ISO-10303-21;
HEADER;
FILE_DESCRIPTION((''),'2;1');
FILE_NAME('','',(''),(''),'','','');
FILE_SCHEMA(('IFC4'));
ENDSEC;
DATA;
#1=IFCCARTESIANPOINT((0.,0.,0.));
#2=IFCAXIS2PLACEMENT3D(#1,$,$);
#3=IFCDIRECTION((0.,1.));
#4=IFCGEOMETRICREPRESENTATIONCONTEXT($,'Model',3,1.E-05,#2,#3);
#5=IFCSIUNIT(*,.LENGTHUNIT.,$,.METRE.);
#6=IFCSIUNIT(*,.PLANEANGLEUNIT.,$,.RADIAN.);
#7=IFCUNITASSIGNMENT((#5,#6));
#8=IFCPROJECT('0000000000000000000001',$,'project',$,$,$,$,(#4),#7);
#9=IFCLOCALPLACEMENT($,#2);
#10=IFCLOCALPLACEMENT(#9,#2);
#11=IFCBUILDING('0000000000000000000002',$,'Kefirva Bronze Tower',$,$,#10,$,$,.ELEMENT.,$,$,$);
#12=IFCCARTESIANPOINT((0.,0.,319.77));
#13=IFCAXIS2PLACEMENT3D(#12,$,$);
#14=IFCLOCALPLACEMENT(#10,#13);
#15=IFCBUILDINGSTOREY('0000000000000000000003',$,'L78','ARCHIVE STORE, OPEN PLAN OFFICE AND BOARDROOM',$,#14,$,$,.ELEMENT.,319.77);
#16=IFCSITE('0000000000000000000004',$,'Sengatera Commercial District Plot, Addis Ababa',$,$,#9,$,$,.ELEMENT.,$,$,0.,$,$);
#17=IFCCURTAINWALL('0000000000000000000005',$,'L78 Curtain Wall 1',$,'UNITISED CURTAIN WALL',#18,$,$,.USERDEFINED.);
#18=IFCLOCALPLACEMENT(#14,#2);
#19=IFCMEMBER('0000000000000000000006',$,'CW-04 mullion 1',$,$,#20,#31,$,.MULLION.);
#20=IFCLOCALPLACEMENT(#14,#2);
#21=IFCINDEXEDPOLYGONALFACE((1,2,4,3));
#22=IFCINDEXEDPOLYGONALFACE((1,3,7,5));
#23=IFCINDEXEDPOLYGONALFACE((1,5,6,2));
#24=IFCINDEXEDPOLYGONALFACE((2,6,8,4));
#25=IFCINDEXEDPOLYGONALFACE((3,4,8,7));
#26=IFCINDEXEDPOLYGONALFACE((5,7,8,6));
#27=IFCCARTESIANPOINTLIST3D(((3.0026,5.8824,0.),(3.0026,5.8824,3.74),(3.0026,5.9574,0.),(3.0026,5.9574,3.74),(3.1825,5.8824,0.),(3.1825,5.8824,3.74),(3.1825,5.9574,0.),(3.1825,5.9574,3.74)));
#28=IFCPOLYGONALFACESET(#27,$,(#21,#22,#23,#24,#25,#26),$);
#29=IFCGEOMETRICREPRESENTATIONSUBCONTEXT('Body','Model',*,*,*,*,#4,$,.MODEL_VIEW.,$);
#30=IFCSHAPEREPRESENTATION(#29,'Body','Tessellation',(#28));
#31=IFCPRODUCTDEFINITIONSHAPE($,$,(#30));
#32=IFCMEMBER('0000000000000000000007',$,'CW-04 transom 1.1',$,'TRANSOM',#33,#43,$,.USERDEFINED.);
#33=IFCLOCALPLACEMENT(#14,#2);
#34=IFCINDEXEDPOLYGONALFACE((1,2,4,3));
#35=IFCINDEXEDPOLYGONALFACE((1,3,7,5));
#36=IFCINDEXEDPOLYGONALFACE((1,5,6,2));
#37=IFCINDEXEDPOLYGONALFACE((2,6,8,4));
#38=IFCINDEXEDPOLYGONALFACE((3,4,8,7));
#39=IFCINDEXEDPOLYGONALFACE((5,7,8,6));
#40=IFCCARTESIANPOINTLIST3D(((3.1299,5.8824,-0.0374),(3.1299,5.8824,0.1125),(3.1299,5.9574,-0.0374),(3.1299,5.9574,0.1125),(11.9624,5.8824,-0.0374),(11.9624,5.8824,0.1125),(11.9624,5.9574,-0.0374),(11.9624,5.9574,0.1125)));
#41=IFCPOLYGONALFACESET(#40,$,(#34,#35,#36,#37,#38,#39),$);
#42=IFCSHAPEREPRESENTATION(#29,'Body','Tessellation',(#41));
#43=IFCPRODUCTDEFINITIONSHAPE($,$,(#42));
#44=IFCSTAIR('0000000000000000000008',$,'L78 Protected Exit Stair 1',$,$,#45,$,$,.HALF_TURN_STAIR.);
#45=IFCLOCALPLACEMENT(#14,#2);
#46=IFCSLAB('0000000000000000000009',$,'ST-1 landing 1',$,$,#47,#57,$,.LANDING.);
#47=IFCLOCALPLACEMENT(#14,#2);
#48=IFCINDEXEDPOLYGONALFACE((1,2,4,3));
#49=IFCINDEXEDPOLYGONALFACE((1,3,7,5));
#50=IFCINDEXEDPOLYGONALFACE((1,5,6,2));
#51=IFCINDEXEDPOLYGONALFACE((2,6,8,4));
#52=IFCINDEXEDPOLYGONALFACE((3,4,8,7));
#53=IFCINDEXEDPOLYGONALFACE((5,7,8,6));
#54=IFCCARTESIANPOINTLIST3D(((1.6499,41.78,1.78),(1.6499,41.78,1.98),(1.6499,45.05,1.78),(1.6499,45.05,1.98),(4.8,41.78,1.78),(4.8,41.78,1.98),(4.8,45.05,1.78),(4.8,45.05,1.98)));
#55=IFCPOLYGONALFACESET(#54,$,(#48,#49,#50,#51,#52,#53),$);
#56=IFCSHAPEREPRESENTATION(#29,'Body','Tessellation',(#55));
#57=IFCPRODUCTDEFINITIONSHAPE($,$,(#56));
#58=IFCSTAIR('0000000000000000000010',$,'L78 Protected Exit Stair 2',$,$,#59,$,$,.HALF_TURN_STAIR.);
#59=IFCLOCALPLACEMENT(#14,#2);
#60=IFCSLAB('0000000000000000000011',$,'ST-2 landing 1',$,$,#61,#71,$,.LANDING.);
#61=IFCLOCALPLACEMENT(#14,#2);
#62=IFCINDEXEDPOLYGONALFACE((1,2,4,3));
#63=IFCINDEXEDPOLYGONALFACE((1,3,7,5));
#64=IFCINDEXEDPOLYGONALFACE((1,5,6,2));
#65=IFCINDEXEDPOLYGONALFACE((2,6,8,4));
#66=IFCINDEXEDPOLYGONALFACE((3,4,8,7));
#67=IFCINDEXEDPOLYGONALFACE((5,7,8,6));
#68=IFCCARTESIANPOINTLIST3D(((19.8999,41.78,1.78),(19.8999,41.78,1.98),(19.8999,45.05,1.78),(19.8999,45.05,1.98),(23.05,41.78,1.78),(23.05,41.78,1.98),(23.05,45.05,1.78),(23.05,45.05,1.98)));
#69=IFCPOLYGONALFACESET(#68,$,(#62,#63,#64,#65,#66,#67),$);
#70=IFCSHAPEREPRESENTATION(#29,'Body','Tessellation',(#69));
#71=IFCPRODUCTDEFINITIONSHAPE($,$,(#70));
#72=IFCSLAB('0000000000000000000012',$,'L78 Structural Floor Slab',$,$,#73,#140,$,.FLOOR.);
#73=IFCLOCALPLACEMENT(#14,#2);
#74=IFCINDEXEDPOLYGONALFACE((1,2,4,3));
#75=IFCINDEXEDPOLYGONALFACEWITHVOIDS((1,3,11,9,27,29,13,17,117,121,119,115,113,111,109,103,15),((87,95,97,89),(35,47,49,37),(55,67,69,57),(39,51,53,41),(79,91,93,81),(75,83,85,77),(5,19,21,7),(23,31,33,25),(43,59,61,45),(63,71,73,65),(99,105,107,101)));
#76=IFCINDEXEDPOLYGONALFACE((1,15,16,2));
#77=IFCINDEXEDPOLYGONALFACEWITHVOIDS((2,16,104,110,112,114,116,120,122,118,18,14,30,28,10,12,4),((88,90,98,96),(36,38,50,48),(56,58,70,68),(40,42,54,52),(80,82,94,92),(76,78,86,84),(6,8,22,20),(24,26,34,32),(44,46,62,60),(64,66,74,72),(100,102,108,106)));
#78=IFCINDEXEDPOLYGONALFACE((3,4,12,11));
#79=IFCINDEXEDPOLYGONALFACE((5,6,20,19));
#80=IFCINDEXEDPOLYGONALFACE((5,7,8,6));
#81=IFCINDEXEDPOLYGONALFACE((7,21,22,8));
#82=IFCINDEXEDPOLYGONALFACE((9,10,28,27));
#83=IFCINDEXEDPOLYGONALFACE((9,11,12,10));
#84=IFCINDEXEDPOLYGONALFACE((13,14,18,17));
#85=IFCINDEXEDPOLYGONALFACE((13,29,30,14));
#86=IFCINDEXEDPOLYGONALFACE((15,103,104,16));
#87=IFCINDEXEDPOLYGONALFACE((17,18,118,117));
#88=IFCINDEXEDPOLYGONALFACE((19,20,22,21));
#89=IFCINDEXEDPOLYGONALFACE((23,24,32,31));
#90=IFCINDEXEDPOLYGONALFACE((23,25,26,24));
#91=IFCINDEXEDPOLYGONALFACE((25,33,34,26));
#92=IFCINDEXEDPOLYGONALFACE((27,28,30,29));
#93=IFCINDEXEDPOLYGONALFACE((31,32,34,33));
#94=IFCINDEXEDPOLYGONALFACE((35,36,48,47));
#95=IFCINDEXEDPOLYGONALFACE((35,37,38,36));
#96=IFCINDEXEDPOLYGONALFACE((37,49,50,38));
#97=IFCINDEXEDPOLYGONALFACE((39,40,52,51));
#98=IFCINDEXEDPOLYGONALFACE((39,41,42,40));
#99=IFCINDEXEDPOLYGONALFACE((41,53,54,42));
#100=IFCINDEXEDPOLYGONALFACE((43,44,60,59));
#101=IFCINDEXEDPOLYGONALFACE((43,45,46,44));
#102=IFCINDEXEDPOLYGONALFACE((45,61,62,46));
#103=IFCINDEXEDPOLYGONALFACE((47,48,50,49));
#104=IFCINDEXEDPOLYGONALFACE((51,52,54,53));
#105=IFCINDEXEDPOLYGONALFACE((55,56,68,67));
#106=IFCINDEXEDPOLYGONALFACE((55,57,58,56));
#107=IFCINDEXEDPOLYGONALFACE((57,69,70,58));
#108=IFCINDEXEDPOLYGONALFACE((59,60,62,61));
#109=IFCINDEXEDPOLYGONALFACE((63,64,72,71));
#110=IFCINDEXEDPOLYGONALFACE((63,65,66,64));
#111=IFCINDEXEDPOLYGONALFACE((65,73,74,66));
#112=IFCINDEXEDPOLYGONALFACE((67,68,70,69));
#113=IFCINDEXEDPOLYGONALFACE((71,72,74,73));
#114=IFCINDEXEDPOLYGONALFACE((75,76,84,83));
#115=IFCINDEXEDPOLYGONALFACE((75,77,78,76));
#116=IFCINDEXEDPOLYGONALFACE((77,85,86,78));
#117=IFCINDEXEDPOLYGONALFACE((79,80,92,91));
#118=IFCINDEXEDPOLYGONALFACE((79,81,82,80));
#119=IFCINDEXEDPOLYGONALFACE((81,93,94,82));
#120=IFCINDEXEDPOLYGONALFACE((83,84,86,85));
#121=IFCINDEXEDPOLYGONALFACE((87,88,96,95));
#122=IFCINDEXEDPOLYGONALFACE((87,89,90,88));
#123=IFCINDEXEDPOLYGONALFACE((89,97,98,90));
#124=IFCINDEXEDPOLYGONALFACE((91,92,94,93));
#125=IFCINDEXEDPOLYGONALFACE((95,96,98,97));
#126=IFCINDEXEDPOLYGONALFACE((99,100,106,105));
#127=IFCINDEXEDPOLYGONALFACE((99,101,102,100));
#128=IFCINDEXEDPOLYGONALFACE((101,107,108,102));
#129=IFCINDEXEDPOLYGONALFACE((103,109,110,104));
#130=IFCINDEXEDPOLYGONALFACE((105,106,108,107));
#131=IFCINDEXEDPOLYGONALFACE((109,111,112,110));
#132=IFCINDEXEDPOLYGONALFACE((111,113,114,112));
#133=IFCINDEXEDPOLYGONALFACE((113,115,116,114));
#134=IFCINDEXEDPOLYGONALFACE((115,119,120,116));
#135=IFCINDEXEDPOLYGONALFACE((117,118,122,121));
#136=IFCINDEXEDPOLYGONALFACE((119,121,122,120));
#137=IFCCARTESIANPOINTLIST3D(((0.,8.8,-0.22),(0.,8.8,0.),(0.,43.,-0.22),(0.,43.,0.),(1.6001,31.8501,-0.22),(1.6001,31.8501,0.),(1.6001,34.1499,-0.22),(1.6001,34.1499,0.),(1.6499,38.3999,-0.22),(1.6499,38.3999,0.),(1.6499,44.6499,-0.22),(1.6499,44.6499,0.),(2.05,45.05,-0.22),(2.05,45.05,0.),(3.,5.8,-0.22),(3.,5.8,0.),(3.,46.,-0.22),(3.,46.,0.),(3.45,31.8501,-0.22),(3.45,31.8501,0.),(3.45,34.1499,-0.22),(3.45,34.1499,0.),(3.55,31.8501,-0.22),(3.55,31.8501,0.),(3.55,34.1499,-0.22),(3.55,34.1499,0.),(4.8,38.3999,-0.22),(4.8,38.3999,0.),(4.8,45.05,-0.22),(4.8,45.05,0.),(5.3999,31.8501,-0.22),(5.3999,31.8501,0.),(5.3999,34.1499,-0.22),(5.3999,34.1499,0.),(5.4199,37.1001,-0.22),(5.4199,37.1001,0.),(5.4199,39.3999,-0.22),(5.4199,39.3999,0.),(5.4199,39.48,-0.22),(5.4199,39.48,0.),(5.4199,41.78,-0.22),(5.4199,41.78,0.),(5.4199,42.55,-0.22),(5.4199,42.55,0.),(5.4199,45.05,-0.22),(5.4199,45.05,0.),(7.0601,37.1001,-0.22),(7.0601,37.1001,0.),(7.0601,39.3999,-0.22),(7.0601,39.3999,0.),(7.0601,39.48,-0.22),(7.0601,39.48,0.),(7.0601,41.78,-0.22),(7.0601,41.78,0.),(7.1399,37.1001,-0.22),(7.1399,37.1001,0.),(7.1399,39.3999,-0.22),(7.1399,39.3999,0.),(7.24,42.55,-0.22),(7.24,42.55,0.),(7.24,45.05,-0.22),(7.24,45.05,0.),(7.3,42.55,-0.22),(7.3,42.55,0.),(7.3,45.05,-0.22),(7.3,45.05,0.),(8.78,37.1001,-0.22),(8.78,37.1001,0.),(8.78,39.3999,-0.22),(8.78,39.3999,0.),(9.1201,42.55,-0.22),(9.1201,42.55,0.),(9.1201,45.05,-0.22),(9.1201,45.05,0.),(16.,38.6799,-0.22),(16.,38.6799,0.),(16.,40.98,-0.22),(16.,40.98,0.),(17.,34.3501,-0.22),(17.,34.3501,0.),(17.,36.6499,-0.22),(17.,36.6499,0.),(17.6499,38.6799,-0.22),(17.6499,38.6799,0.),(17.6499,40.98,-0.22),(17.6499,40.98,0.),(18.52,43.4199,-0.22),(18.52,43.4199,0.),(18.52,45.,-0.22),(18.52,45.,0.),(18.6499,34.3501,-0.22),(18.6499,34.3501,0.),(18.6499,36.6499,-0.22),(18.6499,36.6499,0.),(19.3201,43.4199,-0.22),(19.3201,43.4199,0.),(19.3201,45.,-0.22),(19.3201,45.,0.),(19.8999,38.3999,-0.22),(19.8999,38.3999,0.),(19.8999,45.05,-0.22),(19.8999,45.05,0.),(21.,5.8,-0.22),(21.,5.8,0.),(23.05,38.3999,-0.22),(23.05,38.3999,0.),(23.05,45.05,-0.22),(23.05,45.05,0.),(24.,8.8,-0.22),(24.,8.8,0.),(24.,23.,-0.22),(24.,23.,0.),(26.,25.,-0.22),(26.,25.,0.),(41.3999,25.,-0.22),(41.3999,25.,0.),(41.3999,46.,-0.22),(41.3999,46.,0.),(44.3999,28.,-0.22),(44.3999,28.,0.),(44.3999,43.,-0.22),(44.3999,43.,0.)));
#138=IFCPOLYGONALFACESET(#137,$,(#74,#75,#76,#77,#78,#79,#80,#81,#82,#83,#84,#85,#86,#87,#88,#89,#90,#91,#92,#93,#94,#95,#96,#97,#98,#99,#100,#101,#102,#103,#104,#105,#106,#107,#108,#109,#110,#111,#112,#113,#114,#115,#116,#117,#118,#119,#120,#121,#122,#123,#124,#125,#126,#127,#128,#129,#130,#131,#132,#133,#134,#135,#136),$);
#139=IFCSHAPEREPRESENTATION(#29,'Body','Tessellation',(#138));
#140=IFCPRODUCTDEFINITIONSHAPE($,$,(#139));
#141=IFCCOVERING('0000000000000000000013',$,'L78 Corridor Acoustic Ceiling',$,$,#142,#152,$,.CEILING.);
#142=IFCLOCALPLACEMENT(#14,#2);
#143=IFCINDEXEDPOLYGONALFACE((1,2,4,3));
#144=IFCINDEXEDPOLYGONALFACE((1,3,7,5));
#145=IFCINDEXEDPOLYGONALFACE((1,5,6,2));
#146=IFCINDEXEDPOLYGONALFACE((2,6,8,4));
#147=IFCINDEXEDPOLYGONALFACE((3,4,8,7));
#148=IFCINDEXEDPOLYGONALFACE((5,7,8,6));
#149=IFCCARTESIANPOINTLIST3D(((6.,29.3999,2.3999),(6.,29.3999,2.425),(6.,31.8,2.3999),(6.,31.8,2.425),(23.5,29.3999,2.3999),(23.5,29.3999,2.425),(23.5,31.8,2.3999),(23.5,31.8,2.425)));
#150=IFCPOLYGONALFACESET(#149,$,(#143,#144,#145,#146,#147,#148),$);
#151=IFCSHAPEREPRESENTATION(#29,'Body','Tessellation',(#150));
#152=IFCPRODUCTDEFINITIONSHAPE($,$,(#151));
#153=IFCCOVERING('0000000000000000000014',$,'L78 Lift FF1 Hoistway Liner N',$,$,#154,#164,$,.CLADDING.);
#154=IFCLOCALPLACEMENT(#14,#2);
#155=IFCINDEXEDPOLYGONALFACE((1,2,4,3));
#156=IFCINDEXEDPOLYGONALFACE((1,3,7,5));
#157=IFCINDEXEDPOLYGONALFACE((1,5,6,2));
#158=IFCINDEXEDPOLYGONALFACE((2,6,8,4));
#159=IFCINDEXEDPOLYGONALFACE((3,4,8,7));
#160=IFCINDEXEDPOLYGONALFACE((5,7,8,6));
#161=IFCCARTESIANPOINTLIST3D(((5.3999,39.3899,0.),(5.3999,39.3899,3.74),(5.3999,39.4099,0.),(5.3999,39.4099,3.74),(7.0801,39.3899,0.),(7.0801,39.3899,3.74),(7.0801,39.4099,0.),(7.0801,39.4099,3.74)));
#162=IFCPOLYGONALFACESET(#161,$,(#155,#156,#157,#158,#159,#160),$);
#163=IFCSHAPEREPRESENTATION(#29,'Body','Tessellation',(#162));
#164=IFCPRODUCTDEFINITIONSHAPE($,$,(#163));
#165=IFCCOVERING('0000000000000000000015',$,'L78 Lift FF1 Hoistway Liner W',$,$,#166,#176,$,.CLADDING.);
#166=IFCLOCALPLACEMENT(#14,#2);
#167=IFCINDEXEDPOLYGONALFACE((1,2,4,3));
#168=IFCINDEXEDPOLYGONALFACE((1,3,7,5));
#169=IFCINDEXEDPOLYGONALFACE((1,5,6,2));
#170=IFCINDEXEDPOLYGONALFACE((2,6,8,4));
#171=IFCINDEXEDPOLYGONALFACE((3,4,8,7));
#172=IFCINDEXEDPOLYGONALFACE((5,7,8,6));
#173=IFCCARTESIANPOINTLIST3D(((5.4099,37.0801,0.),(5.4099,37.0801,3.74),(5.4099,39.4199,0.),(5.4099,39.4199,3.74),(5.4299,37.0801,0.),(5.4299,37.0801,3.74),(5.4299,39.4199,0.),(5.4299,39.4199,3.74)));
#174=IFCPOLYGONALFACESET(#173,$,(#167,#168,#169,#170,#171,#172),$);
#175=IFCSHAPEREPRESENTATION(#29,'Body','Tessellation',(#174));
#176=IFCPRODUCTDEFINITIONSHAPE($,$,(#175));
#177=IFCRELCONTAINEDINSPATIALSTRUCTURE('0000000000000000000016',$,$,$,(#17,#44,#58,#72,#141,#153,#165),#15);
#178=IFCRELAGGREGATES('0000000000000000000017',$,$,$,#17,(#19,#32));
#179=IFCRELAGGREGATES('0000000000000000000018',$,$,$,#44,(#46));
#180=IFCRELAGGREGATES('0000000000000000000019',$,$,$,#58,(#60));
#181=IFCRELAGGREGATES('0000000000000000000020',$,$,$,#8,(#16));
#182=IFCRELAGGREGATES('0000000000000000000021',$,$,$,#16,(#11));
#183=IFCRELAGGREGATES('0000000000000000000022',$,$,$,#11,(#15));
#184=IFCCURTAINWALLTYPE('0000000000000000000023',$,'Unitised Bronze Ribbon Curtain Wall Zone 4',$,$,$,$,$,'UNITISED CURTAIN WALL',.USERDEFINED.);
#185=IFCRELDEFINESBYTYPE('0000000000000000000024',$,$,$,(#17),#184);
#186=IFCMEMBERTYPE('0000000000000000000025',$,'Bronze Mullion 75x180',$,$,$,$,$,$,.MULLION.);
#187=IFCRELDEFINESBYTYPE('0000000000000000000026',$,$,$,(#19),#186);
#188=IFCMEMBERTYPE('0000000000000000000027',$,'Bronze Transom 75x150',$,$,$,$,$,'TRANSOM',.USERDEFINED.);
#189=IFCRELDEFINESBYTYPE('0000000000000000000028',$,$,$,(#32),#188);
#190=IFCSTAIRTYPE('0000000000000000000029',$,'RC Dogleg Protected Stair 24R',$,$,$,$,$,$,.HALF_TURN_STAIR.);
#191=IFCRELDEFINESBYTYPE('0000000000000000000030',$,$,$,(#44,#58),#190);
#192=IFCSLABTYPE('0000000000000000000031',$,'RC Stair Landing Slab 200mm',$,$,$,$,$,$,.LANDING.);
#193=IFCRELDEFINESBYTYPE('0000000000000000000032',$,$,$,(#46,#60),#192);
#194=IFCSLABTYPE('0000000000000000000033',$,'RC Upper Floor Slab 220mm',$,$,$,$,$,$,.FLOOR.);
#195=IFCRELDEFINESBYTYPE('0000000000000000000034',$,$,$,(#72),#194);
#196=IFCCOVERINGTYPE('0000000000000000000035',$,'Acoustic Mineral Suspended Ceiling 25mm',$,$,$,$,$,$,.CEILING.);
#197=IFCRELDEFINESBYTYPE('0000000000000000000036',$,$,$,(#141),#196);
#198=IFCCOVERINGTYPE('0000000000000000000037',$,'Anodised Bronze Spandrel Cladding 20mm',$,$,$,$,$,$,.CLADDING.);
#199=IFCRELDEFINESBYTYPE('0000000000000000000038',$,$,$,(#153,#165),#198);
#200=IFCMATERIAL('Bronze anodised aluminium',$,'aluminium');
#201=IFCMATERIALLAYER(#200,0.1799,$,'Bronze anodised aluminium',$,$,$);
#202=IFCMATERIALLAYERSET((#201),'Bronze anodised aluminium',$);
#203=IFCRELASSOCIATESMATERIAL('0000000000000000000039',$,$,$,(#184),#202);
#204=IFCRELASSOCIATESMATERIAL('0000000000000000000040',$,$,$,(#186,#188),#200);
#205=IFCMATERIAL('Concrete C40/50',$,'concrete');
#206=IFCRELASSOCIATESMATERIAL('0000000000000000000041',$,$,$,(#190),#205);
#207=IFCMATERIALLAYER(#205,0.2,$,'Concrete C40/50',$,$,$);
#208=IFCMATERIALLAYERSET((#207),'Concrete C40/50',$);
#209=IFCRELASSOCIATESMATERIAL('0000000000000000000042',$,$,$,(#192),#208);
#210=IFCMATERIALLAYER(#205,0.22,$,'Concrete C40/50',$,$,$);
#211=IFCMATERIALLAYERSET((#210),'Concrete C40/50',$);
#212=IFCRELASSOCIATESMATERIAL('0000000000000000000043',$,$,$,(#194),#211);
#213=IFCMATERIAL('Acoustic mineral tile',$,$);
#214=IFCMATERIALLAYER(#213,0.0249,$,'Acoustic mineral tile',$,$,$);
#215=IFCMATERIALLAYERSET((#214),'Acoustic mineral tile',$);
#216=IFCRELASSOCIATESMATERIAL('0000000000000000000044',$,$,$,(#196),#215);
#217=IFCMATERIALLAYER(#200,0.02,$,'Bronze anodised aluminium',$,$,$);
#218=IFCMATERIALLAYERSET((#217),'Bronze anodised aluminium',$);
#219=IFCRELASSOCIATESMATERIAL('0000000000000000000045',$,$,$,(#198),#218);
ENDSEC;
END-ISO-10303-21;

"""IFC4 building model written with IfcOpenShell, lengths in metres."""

from ifc_helpers import new_model, si_unit, direction, frame, origin, origin_2d, place, context, subcontext, project, spatial, polyline, rectangle, outline, extrude, material, layer, layer_set, material_profile, profile_set, type_object, element, aggregate, save


model = new_model("IFC4")

# Units and contexts
model_context = context("Model", 3, precision=1e-05, world=origin(), true_north=direction((0.0, 1.0)))
body_context = subcontext(model_context, "Body", "Model", "MODEL_VIEW")
ifc_project = project(units=[si_unit("LENGTHUNIT", "METRE"), si_unit("PLANEANGLEUNIT", "RADIAN")], contexts=[model_context])

# Site, building, storey
site_placement = place(None, origin())
site = spatial("IfcSite", under=ifc_project, at=site_placement, Name="Sengatera Commercial District Plot, Addis Ababa", CompositionType="ELEMENT", RefElevation=0.0)
building_placement = place(site_placement, origin())
building = spatial("IfcBuilding", under=site, at=building_placement, Name="Kefirva Bronze Tower", CompositionType="ELEMENT")
storey_placement = place(building_placement, frame((0.0, 0.0, 319.77)))
storey = spatial("IfcBuildingStorey", under=building, at=storey_placement, Name="L78", Description="ARCHIVE STORE, OPEN PLAN OFFICE AND BOARDROOM", CompositionType="ELEMENT", Elevation=319.77)

# Curtain wall, members
ifc_material_1 = material(Name="Bronze anodised aluminium", Category="aluminium")
ifc_layer_1 = layer(ifc_material_1, 0.1799, Name="Bronze anodised aluminium")
ifc_layer_set_1 = layer_set([ifc_layer_1], Name="Bronze anodised aluminium")
curtain_wall_type = type_object("IfcCurtainWallType", Name="Unitised Bronze Ribbon Curtain Wall Zone 4", ElementType="UNITISED CURTAIN WALL", PredefinedType="USERDEFINED", material=ifc_layer_set_1)
curtain_wall_placement = place(storey_placement, origin())
curtain_wall = element("IfcCurtainWall", 1, at=curtain_wall_placement, inside=storey, type_object=curtain_wall_type, Name="L78 Curtain Wall 1", ObjectType="UNITISED CURTAIN WALL", PredefinedType="USERDEFINED")
ifc_material_profile_1 = material_profile(ifc_material_1, rectangle(XDim=0.075, YDim=0.1799, at=origin_2d()), Name="ALU 75x180")
ifc_profile_set_1 = profile_set([ifc_material_profile_1], Name="Bronze anodised aluminium")
member_type_1 = type_object("IfcMemberType", Name="Bronze Mullion 75x180", PredefinedType="MULLION", material=ifc_profile_set_1)
member_1_placement = place(storey_placement, frame((3.0925, 5.9199, 0.0), z_axis=(0.0, 0.0, 1.0), x_axis=(0.0, 1.0, 0.0)))
member_1 = element("IfcMember", 2, at=member_1_placement, type_object=member_type_1, Name="CW-04 mullion 1", PredefinedType="MULLION", context=body_context, shape_type="SweptSolid", body=[
    extrude(rectangle(XDim=0.075, YDim=0.1799, at=origin_2d()), origin(), (0.0, 0.0, 1.0), 3.74),
])
ifc_material_profile_2 = material_profile(ifc_material_1, rectangle(XDim=0.075, YDim=0.1499, at=origin_2d()), Name="ALU 75x150")
ifc_profile_set_2 = profile_set([ifc_material_profile_2], Name="Bronze anodised aluminium")
member_type_2 = type_object("IfcMemberType", Name="Bronze Transom 75x150", ElementType="TRANSOM", PredefinedType="USERDEFINED", material=ifc_profile_set_2)
member_2_placement = place(storey_placement, frame((3.1299, 5.9199, 0.0376), z_axis=(1.0, 0.0, 0.0), x_axis=(0.0, 1.0, 0.0)))
member_2 = element("IfcMember", 3, at=member_2_placement, type_object=member_type_2, Name="CW-04 transom 1.1", ObjectType="TRANSOM", PredefinedType="USERDEFINED", context=body_context, shape_type="SweptSolid", body=[
    extrude(rectangle(XDim=0.075, YDim=0.1499, at=origin_2d()), origin(), (0.0, 0.0, 1.0), 8.8325),
])
aggregate(curtain_wall, [member_1, member_2])

# Stairs, slabs
ifc_material_2 = material(Name="Concrete C40/50", Category="concrete")
stair_type = type_object("IfcStairType", Name="RC Dogleg Protected Stair 24R", PredefinedType="HALF_TURN_STAIR", material=ifc_material_2)
stair_1_placement = place(storey_placement, origin())
stair_1 = element("IfcStair", 4, at=stair_1_placement, inside=storey, type_object=stair_type, Name="L78 Protected Exit Stair 1", PredefinedType="HALF_TURN_STAIR")
ifc_layer_2 = layer(ifc_material_2, 0.2, Name="Concrete C40/50")
ifc_layer_set_2 = layer_set([ifc_layer_2], Name="Concrete C40/50")
slab_type_1 = type_object("IfcSlabType", Name="RC Stair Landing Slab 200mm", PredefinedType="LANDING", material=ifc_layer_set_2)
slab_1_placement = place(storey_placement, frame((0.0, 0.0, 1.78)))
slab_1 = element("IfcSlab", 5, at=slab_1_placement, type_object=slab_type_1, Name="ST-1 landing 1", PredefinedType="LANDING", context=body_context, shape_type="SweptSolid", body=[
    extrude(outline(polyline([(4.8, 41.78), (4.8, 45.05), (1.6499, 45.05), (1.6499, 41.78), (4.8, 41.78)])), origin(), (0.0, 0.0, 1.0), 0.2),
])
aggregate(stair_1, [slab_1])
stair_2_placement = place(storey_placement, origin())
stair_2 = element("IfcStair", 6, at=stair_2_placement, inside=storey, type_object=stair_type, Name="L78 Protected Exit Stair 2", PredefinedType="HALF_TURN_STAIR")
slab_2_placement = place(storey_placement, frame((0.0, 0.0, 1.78)))
slab_2 = element("IfcSlab", 7, at=slab_2_placement, type_object=slab_type_1, Name="ST-2 landing 1", PredefinedType="LANDING", context=body_context, shape_type="SweptSolid", body=[
    extrude(outline(polyline([(23.05, 41.78), (23.05, 45.05), (19.8999, 45.05), (19.8999, 41.78), (23.05, 41.78)])), origin(), (0.0, 0.0, 1.0), 0.2),
])
aggregate(stair_2, [slab_2])

# Slab
ifc_layer_3 = layer(ifc_material_2, 0.22, Name="Concrete C40/50")
ifc_layer_set_3 = layer_set([ifc_layer_3], Name="Concrete C40/50")
slab_type_2 = type_object("IfcSlabType", Name="RC Upper Floor Slab 220mm", PredefinedType="FLOOR", material=ifc_layer_set_3)
slab_3_placement = place(storey_placement, frame((0.0, 0.0, -0.22)))
element("IfcSlab", 8, at=slab_3_placement, inside=storey, type_object=slab_type_2, Name="L78 Structural Floor Slab", PredefinedType="FLOOR", context=body_context, shape_type="SweptSolid", body=[
    extrude(outline(polyline([(0.0, 8.8), (0.0, 43.0), (1.6499, 44.6499), (1.6499, 38.3999), (4.8, 38.3999), (4.8, 45.05), (2.05, 45.05), (3.0, 46.0), (41.3999, 46.0), (44.3999, 43.0), (44.3999, 28.0), (41.3999, 25.0), (26.0, 25.0), (24.0, 23.0), (24.0, 8.8), (21.0, 5.8), (3.0, 5.8), (0.0, 8.8)]), holes=[polyline([(23.05, 45.05), (19.8999, 45.05), (19.8999, 38.3999), (23.05, 38.3999), (23.05, 45.05)]), polyline([(19.3201, 43.4199), (19.3201, 45.0), (18.52, 45.0), (18.52, 43.4199), (19.3201, 43.4199)]), polyline([(18.6499, 36.6499), (17.0, 36.6499), (17.0, 34.3501), (18.6499, 34.3501), (18.6499, 36.6499)]), polyline([(17.6499, 38.6799), (17.6499, 40.98), (16.0, 40.98), (16.0, 38.6799), (17.6499, 38.6799)]), polyline([(9.1201, 42.55), (9.1201, 45.05), (7.3, 45.05), (7.3, 42.55), (9.1201, 42.55)]), polyline([(8.78, 37.1001), (8.78, 39.3999), (7.1399, 39.3999), (7.1399, 37.1001), (8.78, 37.1001)]), polyline([(7.24, 42.55), (7.24, 45.05), (5.4199, 45.05), (5.4199, 42.55), (7.24, 42.55)]), polyline([(7.0601, 37.1001), (7.0601, 39.3999), (5.4199, 39.3999), (5.4199, 37.1001), (7.0601, 37.1001)]), polyline([(7.0601, 41.78), (5.4199, 41.78), (5.4199, 39.48), (7.0601, 39.48), (7.0601, 41.78)]), polyline([(5.3999, 31.8501), (5.3999, 34.1499), (3.55, 34.1499), (3.55, 31.8501), (5.3999, 31.8501)]), polyline([(3.45, 34.1499), (1.6001, 34.1499), (1.6001, 31.8501), (3.45, 31.8501), (3.45, 34.1499)])]), origin(), (0.0, 0.0, 1.0), 0.22),
])

# Coverings
ifc_material_3 = material(Name="Acoustic mineral tile")
ifc_layer_4 = layer(ifc_material_3, 0.0249, Name="Acoustic mineral tile")
ifc_layer_set_4 = layer_set([ifc_layer_4], Name="Acoustic mineral tile")
covering_type_1 = type_object("IfcCoveringType", Name="Acoustic Mineral Suspended Ceiling 25mm", PredefinedType="CEILING", material=ifc_layer_set_4)
covering_1_placement = place(storey_placement, frame((0.0, 0.0, 2.3999)))
element("IfcCovering", 9, at=covering_1_placement, inside=storey, type_object=covering_type_1, Name="L78 Corridor Acoustic Ceiling", PredefinedType="CEILING", context=body_context, shape_type="SweptSolid", body=[
    extrude(outline(polyline([(6.0, 29.3999), (23.5, 29.3999), (23.5, 31.8), (6.0, 31.8), (6.0, 29.3999)])), origin(), (0.0, 0.0, 1.0), 0.0251),
])
ifc_layer_5 = layer(ifc_material_1, 0.02, Name="Bronze anodised aluminium")
ifc_layer_set_5 = layer_set([ifc_layer_5], Name="Bronze anodised aluminium")
covering_type_2 = type_object("IfcCoveringType", Name="Anodised Bronze Spandrel Cladding 20mm", PredefinedType="CLADDING", material=ifc_layer_set_5)
covering_2_placement = place(storey_placement, origin())
element("IfcCovering", 10, at=covering_2_placement, inside=storey, type_object=covering_type_2, Name="L78 Lift FF1 Hoistway Liner N", PredefinedType="CLADDING", context=body_context, shape_type="SweptSolid", body=[
    extrude(outline(polyline([(5.3999, 39.3899), (7.0801, 39.3899), (7.0801, 39.4099), (5.3999, 39.4099), (5.3999, 39.3899)])), origin(), (0.0, 0.0, 1.0), 3.74),
])
covering_3_placement = place(storey_placement, origin())
element("IfcCovering", 11, at=covering_3_placement, inside=storey, type_object=covering_type_2, Name="L78 Lift FF1 Hoistway Liner W", PredefinedType="CLADDING", context=body_context, shape_type="SweptSolid", body=[
    extrude(outline(polyline([(5.4099, 37.0801), (5.4299, 37.0801), (5.4299, 39.4199), (5.4099, 39.4199), (5.4099, 37.0801)])), origin(), (0.0, 0.0, 1.0), 3.74),
])

save(model, "model.ifc")
